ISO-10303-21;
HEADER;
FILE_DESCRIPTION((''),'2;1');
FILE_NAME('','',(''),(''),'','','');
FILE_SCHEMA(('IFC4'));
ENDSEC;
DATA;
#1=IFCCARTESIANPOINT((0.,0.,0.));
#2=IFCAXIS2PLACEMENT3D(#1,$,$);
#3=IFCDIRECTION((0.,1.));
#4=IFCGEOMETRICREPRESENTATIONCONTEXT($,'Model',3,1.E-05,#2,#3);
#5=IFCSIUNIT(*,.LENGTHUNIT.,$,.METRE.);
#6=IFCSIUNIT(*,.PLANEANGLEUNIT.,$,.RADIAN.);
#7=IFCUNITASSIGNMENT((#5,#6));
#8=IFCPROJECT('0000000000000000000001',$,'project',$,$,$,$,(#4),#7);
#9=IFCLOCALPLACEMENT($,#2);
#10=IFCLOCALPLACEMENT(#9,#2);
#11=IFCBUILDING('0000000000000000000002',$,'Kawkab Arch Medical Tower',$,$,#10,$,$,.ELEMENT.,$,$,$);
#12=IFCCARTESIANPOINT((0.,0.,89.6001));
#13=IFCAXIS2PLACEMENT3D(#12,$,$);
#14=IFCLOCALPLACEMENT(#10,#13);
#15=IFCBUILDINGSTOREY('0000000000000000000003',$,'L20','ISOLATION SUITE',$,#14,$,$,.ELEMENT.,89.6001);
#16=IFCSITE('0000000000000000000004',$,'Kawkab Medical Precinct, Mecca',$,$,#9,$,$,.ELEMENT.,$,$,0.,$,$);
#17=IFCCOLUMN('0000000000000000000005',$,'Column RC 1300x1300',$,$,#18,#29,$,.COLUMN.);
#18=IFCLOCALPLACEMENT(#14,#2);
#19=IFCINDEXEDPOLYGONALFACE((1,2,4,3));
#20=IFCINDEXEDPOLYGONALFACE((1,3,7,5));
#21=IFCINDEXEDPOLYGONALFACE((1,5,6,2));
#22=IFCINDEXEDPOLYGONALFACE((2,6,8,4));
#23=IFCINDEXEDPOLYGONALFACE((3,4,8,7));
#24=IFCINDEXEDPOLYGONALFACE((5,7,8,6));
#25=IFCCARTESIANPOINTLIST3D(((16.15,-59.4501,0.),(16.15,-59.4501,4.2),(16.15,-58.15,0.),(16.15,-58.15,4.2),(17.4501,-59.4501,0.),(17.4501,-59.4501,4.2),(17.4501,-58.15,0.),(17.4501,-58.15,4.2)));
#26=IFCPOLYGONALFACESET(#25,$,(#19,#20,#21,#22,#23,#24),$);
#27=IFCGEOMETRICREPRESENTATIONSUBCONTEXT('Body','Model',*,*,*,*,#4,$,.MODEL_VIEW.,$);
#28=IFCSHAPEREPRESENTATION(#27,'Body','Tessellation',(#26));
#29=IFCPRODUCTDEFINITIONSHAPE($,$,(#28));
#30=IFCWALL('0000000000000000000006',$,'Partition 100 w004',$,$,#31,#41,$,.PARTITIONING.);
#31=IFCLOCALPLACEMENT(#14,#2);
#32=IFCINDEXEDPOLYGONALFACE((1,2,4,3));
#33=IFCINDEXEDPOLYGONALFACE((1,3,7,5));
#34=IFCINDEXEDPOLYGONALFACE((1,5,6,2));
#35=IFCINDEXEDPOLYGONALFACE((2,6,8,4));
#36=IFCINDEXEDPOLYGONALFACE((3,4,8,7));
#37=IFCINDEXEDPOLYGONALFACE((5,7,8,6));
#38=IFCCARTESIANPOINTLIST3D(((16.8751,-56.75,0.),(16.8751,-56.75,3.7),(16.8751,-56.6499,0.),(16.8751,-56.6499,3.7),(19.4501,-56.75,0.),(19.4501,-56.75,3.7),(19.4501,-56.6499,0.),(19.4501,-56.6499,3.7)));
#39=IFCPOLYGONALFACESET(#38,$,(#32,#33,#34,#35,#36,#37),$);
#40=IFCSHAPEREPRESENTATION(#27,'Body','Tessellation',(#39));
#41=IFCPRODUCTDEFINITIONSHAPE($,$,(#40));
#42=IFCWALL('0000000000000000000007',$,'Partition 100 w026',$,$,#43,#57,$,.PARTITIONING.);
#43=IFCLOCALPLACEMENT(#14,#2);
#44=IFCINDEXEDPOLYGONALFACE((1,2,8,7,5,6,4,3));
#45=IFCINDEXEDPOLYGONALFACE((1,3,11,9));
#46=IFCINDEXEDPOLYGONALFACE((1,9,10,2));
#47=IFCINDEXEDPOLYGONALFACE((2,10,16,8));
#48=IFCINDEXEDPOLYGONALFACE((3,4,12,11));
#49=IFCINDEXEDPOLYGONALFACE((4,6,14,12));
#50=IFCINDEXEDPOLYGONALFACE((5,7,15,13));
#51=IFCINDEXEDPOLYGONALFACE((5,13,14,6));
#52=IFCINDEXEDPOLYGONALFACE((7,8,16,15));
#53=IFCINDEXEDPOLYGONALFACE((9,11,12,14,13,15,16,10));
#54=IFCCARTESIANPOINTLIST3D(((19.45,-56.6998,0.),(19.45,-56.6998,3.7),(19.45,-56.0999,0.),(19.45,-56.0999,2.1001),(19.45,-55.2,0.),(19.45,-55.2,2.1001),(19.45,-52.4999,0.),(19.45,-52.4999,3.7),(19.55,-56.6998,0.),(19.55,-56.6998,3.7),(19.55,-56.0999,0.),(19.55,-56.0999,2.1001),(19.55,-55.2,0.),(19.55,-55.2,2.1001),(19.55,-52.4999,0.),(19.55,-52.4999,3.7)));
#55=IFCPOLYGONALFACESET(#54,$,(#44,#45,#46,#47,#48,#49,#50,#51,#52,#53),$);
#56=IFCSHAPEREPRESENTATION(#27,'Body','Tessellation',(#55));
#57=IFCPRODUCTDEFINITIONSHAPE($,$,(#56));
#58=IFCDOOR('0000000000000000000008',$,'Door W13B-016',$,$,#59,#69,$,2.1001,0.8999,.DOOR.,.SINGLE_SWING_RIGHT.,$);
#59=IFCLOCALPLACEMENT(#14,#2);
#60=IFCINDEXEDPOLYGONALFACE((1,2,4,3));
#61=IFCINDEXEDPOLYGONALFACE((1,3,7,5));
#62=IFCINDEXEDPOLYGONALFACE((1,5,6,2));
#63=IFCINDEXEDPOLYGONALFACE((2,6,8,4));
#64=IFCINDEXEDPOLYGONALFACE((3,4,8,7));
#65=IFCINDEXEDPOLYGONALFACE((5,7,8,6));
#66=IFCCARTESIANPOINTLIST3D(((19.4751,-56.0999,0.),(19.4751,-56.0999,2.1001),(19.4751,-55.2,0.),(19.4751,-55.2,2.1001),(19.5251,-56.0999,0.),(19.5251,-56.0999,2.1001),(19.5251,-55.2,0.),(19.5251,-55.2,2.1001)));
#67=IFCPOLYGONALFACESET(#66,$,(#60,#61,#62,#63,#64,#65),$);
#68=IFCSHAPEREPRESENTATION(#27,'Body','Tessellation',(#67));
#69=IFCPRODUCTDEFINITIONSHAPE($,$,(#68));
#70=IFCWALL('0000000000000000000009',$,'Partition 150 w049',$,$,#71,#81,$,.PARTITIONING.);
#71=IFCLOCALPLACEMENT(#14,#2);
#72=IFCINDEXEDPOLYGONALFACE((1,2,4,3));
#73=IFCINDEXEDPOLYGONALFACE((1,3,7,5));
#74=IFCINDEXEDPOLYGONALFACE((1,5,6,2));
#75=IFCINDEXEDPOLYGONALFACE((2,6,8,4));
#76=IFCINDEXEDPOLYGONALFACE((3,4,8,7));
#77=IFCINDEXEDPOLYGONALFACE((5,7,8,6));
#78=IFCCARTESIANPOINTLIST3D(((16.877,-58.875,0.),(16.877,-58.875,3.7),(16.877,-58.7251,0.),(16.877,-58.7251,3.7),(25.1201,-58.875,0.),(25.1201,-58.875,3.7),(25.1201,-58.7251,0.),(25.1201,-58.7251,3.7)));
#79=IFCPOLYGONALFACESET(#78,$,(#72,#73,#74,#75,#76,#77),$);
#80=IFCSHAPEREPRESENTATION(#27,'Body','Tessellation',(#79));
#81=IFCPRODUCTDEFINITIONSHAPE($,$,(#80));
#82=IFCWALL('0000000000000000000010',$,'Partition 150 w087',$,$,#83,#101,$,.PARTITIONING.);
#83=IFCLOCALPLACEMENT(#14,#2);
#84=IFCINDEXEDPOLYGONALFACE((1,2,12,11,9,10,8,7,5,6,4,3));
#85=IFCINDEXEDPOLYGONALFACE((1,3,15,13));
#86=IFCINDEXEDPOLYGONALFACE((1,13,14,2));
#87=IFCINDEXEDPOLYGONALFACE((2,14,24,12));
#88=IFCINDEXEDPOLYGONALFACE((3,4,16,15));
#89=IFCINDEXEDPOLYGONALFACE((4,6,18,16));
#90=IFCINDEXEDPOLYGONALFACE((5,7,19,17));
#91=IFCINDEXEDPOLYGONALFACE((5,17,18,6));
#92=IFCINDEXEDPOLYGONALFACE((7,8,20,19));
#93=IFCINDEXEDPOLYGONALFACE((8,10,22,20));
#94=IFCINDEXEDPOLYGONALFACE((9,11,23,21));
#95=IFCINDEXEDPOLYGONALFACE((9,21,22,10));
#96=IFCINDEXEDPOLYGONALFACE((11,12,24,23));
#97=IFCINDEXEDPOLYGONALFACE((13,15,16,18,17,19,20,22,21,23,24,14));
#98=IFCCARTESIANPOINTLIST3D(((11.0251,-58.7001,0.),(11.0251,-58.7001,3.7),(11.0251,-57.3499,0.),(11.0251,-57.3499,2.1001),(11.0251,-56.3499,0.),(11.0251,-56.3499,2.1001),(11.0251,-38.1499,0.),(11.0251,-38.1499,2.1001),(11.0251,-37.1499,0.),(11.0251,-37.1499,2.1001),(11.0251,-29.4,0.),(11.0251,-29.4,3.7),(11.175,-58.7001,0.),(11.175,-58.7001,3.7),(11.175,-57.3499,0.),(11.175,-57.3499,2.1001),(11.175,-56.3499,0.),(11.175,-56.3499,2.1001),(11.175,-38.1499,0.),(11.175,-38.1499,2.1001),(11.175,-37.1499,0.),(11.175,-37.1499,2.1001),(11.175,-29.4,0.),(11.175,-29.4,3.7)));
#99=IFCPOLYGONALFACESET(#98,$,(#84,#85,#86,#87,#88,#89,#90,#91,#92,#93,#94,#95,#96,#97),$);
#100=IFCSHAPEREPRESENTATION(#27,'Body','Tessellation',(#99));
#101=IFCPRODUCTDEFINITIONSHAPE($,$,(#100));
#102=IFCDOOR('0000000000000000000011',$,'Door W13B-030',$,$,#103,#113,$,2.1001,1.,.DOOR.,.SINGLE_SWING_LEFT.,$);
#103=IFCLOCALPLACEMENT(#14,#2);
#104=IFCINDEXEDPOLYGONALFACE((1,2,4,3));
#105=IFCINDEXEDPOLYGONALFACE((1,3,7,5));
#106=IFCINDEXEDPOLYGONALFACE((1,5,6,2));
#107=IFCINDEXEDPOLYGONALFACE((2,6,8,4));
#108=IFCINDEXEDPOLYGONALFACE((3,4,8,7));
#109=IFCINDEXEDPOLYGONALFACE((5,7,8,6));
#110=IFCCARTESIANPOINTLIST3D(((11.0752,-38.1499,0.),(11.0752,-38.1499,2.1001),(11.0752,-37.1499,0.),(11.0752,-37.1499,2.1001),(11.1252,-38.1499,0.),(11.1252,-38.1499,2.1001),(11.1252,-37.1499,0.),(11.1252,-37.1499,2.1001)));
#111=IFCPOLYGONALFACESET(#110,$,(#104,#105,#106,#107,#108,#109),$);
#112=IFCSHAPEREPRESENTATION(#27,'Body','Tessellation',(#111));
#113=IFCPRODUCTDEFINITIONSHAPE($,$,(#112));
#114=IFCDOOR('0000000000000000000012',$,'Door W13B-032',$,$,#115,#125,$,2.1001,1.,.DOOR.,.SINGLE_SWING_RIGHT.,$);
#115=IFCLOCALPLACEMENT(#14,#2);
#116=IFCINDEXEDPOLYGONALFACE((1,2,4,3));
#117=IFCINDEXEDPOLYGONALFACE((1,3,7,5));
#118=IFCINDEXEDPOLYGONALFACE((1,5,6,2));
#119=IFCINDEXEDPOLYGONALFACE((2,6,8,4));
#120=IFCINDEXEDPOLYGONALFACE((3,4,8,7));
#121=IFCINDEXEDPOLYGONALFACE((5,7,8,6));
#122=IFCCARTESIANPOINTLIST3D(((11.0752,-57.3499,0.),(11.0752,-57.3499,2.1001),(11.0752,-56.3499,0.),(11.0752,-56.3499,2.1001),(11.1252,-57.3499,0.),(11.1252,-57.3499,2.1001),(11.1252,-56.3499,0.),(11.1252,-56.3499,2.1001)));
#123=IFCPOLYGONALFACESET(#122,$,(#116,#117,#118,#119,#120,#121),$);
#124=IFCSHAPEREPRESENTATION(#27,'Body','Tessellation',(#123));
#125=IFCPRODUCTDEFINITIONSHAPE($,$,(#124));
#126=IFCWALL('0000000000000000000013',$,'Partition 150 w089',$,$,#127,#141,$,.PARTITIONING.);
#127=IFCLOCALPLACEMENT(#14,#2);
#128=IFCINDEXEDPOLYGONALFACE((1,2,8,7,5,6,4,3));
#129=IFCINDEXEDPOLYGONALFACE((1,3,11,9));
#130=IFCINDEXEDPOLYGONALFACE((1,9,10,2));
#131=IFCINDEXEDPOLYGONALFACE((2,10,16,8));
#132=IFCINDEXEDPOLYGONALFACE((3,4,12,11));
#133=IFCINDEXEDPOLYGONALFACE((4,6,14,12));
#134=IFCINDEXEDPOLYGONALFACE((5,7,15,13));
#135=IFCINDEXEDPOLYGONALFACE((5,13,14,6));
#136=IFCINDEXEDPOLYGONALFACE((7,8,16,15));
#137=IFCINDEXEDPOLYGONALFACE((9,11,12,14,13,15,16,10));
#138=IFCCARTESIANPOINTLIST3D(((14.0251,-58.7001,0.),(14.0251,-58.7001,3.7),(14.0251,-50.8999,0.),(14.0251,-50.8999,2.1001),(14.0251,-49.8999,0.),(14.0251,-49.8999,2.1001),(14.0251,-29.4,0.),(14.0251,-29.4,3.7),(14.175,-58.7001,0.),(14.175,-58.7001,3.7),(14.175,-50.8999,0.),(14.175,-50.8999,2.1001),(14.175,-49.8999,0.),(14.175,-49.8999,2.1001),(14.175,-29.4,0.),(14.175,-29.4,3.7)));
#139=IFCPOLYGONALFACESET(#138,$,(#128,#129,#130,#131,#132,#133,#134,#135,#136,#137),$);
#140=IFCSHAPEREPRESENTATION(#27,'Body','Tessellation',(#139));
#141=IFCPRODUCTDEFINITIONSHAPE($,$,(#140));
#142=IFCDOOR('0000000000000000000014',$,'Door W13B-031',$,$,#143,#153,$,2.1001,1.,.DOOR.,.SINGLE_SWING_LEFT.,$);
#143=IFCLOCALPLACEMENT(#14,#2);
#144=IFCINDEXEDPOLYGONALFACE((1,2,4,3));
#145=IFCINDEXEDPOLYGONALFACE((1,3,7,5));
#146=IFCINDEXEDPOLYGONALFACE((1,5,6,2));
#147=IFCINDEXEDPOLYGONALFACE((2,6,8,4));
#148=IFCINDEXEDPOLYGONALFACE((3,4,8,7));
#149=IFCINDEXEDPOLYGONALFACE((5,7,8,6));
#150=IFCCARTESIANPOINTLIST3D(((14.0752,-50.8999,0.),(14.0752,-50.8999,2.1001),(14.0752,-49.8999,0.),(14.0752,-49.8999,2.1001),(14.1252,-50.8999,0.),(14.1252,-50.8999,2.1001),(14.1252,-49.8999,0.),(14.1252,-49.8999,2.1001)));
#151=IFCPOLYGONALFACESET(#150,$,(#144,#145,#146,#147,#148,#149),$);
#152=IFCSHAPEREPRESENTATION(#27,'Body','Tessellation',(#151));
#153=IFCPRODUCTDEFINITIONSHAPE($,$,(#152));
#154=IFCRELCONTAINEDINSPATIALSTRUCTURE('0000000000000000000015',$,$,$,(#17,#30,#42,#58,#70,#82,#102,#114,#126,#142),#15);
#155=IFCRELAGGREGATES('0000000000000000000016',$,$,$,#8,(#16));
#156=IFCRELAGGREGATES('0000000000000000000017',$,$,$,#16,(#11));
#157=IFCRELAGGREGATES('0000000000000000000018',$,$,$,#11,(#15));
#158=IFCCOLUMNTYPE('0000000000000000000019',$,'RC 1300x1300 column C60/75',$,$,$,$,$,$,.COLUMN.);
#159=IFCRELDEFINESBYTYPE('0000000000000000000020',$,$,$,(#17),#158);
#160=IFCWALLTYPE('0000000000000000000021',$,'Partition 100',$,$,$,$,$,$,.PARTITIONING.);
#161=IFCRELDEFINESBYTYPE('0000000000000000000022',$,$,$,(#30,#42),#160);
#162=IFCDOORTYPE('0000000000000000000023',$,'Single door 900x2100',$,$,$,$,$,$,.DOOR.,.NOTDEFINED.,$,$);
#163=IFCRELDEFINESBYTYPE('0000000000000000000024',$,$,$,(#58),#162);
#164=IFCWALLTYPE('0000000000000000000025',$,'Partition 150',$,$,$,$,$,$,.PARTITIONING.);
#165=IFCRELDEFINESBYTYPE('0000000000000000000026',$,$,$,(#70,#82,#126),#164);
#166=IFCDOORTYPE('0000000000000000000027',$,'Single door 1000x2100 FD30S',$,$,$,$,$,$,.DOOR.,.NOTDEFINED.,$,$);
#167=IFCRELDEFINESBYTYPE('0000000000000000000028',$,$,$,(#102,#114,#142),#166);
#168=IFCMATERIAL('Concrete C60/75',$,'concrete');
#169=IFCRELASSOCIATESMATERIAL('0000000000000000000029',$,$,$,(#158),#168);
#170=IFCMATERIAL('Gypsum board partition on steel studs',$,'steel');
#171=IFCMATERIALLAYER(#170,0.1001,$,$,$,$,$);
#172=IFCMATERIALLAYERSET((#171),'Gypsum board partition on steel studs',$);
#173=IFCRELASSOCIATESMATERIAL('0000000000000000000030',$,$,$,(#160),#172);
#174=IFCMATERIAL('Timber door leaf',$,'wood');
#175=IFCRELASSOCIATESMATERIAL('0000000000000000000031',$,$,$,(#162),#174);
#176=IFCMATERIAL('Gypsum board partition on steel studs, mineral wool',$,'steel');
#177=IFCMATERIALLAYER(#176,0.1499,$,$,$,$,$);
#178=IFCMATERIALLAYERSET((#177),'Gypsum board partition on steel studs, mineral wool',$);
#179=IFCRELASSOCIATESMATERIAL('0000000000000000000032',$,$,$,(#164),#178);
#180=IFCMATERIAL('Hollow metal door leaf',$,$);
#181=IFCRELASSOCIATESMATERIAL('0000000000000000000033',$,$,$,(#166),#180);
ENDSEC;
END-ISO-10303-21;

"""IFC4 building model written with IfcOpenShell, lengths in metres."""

from ifc_helpers import new_model, si_unit, direction, frame, frame_2d, origin, origin_2d, place, context, subcontext, project, spatial, rectangle, extrude, material, layer, layer_set, material_profile, profile_set, type_object, element, fill, save


model = new_model("IFC4")

# Units and contexts
model_context = context("Model", 3, precision=1e-05, world=origin(), true_north=direction((0.0, 1.0)))
body_context = subcontext(model_context, "Body", "Model", "MODEL_VIEW")
ifc_project = project(units=[si_unit("LENGTHUNIT", "METRE"), si_unit("PLANEANGLEUNIT", "RADIAN")], contexts=[model_context])

# Site, building, storey
site_placement = place(None, origin())
site = spatial("IfcSite", under=ifc_project, at=site_placement, Name="Kawkab Medical Precinct, Mecca", CompositionType="ELEMENT", RefElevation=0.0)
building_placement = place(site_placement, origin())
building = spatial("IfcBuilding", under=site, at=building_placement, Name="Kawkab Arch Medical Tower", CompositionType="ELEMENT")
storey_placement = place(building_placement, frame((0.0, 0.0, 89.6001)))
storey = spatial("IfcBuildingStorey", under=building, at=storey_placement, Name="L20", Description="ISOLATION SUITE", CompositionType="ELEMENT", Elevation=89.6001)

# Column
ifc_material_1 = material(Name="Concrete C60/75", Category="concrete")
ifc_material_profile = material_profile(ifc_material_1, rectangle(XDim=1.3, YDim=1.3, at=origin_2d()), Name="RC 1300x1300")
ifc_profile_set = profile_set([ifc_material_profile], Name="Concrete C60/75")
column_type = type_object("IfcColumnType", Name="RC 1300x1300 column C60/75", PredefinedType="COLUMN", material=ifc_profile_set)
column_placement = place(storey_placement, frame((16.8, -58.8, 0.0), z_axis=(0.0, 0.0, 1.0), x_axis=(1.0, 0.0, 0.0)))
element("IfcColumn", 1, at=column_placement, inside=storey, type_object=column_type, Name="Column RC 1300x1300", PredefinedType="COLUMN", context=body_context, shape_type="SweptSolid", body=[
    extrude(rectangle(XDim=1.3, YDim=1.3, at=origin_2d()), origin(), (0.0, 0.0, 1.0), 4.2),
])

# Wall
ifc_material_2 = material(Name="Gypsum board partition on steel studs", Category="steel")
ifc_layer_1 = layer(ifc_material_2, 0.1001)
ifc_layer_set_1 = layer_set([ifc_layer_1], Name="Gypsum board partition on steel studs")
wall_type_1 = type_object("IfcWallType", Name="Partition 100", PredefinedType="PARTITIONING", material=ifc_layer_set_1)
wall_1_placement = place(storey_placement, frame((16.875, -56.7, 0.0), z_axis=(0.0, 0.0, 1.0), x_axis=(1.0, 0.0, 0.0)))
element("IfcWall", 2, at=wall_1_placement, inside=storey, type_object=wall_type_1, Name="Partition 100 w004", PredefinedType="PARTITIONING", context=body_context, shape_type="SweptSolid", body=[
    extrude(rectangle(XDim=2.575, YDim=0.1001, at=frame_2d((1.2876, 0.0))), origin(), (0.0, 0.0, 1.0), 3.7),
])

# Wall, opening, door
wall_2_placement = place(storey_placement, frame((19.5, -56.7, 0.0), z_axis=(0.0, 0.0, 1.0), x_axis=(0.0, 1.0, 0.0)))
wall_2 = element("IfcWall", 3, at=wall_2_placement, inside=storey, type_object=wall_type_1, Name="Partition 100 w026", PredefinedType="PARTITIONING", context=body_context, shape_type="SweptSolid", body=[
    extrude(rectangle(XDim=4.2, YDim=0.1001, at=frame_2d((2.1001, 0.0))), origin(), (0.0, 0.0, 1.0), 3.7),
])
opening_1_placement = place(wall_2_placement, frame((0.6001, 0.0, 0.0)))
opening_1 = element("IfcOpeningElement", 4, at=opening_1_placement, cuts=wall_2, PredefinedType="OPENING", context=body_context, shape_type="SweptSolid", body=[
    extrude(rectangle(XDim=0.8999, YDim=2.1001, at=frame_2d((0.45, 1.05))), frame((0.0, 0.0601, 0.0), z_axis=(0.0, -1.0, 0.0), x_axis=(1.0, 0.0, 0.0)), (0.0, 0.0, 1.0), 0.1201),
])
ifc_material_3 = material(Name="Timber door leaf", Category="wood")
door_type_1 = type_object("IfcDoorType", Name="Single door 900x2100", OperationType="NOTDEFINED", PredefinedType="DOOR", material=ifc_material_3)
door_1_placement = place(opening_1_placement, origin())
door_1 = element("IfcDoor", 5, at=door_1_placement, inside=storey, type_object=door_type_1, Name="Door W13B-016", OperationType="SINGLE_SWING_RIGHT", OverallHeight=2.1001, OverallWidth=0.8999, PredefinedType="DOOR", context=body_context, shape_type="SweptSolid", body=[
    extrude(rectangle(XDim=0.8999, YDim=2.1001, at=frame_2d((0.45, 1.05))), frame((0.0, 0.0249, 0.0), z_axis=(0.0, -1.0, 0.0), x_axis=(1.0, 0.0, 0.0)), (0.0, 0.0, 1.0), 0.05),
])
fill(opening_1, door_1)

# Wall
ifc_material_4 = material(Name="Gypsum board partition on steel studs, mineral wool", Category="steel")
ifc_layer_2 = layer(ifc_material_4, 0.1499)
ifc_layer_set_2 = layer_set([ifc_layer_2], Name="Gypsum board partition on steel studs, mineral wool")
wall_type_2 = type_object("IfcWallType", Name="Partition 150", PredefinedType="PARTITIONING", material=ifc_layer_set_2)
wall_3_placement = place(storey_placement, frame((16.877, -58.8, 0.0), z_axis=(0.0, 0.0, 1.0), x_axis=(1.0, 0.0, 0.0)))
element("IfcWall", 6, at=wall_3_placement, inside=storey, type_object=wall_type_2, Name="Partition 150 w049", PredefinedType="PARTITIONING", context=body_context, shape_type="SweptSolid", body=[
    extrude(rectangle(XDim=8.2432, YDim=0.1499, at=frame_2d((4.1216, 0.0))), origin(), (0.0, 0.0, 1.0), 3.7),
])

# Wall, openings, doors
wall_4_placement = place(storey_placement, frame((11.1001, -58.7, 0.0), z_axis=(0.0, 0.0, 1.0), x_axis=(0.0, 1.0, 0.0)))
wall_4 = element("IfcWall", 7, at=wall_4_placement, inside=storey, type_object=wall_type_2, Name="Partition 150 w087", PredefinedType="PARTITIONING", context=body_context, shape_type="SweptSolid", body=[
    extrude(rectangle(XDim=29.3, YDim=0.1499, at=frame_2d((14.6499, 0.0))), origin(), (0.0, 0.0, 1.0), 3.7),
])
opening_2_placement = place(wall_4_placement, frame((20.55, 0.0, 0.0)))
opening_2 = element("IfcOpeningElement", 8, at=opening_2_placement, cuts=wall_4, PredefinedType="OPENING", context=body_context, shape_type="SweptSolid", body=[
    extrude(rectangle(XDim=1.0, YDim=2.1001, at=frame_2d((0.5, 1.05))), frame((0.0, 0.085, 0.0), z_axis=(0.0, -1.0, 0.0), x_axis=(1.0, 0.0, 0.0)), (0.0, 0.0, 1.0), 0.1699),
])
opening_3_placement = place(wall_4_placement, frame((1.3501, 0.0, 0.0)))
opening_3 = element("IfcOpeningElement", 9, at=opening_3_placement, cuts=wall_4, PredefinedType="OPENING", context=body_context, shape_type="SweptSolid", body=[
    extrude(rectangle(XDim=1.0, YDim=2.1001, at=frame_2d((0.5, 1.05))), frame((0.0, 0.085, 0.0), z_axis=(0.0, -1.0, 0.0), x_axis=(1.0, 0.0, 0.0)), (0.0, 0.0, 1.0), 0.1699),
])
ifc_material_5 = material(Name="Hollow metal door leaf")
door_type_2 = type_object("IfcDoorType", Name="Single door 1000x2100 FD30S", OperationType="NOTDEFINED", PredefinedType="DOOR", material=ifc_material_5)
door_2_placement = place(opening_2_placement, origin())
door_2 = element("IfcDoor", 10, at=door_2_placement, inside=storey, type_object=door_type_2, Name="Door W13B-030", OperationType="SINGLE_SWING_LEFT", OverallHeight=2.1001, OverallWidth=1.0, PredefinedType="DOOR", context=body_context, shape_type="SweptSolid", body=[
    extrude(rectangle(XDim=1.0, YDim=2.1001, at=frame_2d((0.5, 1.05))), frame((0.0, 0.0249, 0.0), z_axis=(0.0, -1.0, 0.0), x_axis=(1.0, 0.0, 0.0)), (0.0, 0.0, 1.0), 0.05),
])
fill(opening_2, door_2)
door_3_placement = place(opening_3_placement, origin())
door_3 = element("IfcDoor", 11, at=door_3_placement, inside=storey, type_object=door_type_2, Name="Door W13B-032", OperationType="SINGLE_SWING_RIGHT", OverallHeight=2.1001, OverallWidth=1.0, PredefinedType="DOOR", context=body_context, shape_type="SweptSolid", body=[
    extrude(rectangle(XDim=1.0, YDim=2.1001, at=frame_2d((0.5, 1.05))), frame((0.0, 0.0249, 0.0), z_axis=(0.0, -1.0, 0.0), x_axis=(1.0, 0.0, 0.0)), (0.0, 0.0, 1.0), 0.05),
])
fill(opening_3, door_3)

# Wall, opening, door
wall_5_placement = place(storey_placement, frame((14.1001, -58.7, 0.0), z_axis=(0.0, 0.0, 1.0), x_axis=(0.0, 1.0, 0.0)))
wall_5 = element("IfcWall", 12, at=wall_5_placement, inside=storey, type_object=wall_type_2, Name="Partition 150 w089", PredefinedType="PARTITIONING", context=body_context, shape_type="SweptSolid", body=[
    extrude(rectangle(XDim=29.3, YDim=0.1499, at=frame_2d((14.6499, 0.0))), origin(), (0.0, 0.0, 1.0), 3.7),
])
opening_4_placement = place(wall_5_placement, frame((7.8, 0.0, 0.0)))
opening_4 = element("IfcOpeningElement", 13, at=opening_4_placement, cuts=wall_5, PredefinedType="OPENING", context=body_context, shape_type="SweptSolid", body=[
    extrude(rectangle(XDim=1.0, YDim=2.1001, at=frame_2d((0.5, 1.05))), frame((0.0, 0.085, 0.0), z_axis=(0.0, -1.0, 0.0), x_axis=(1.0, 0.0, 0.0)), (0.0, 0.0, 1.0), 0.1699),
])
door_4_placement = place(opening_4_placement, origin())
door_4 = element("IfcDoor", 14, at=door_4_placement, inside=storey, type_object=door_type_2, Name="Door W13B-031", OperationType="SINGLE_SWING_LEFT", OverallHeight=2.1001, OverallWidth=1.0, PredefinedType="DOOR", context=body_context, shape_type="SweptSolid", body=[
    extrude(rectangle(XDim=1.0, YDim=2.1001, at=frame_2d((0.5, 1.05))), frame((0.0, 0.0249, 0.0), z_axis=(0.0, -1.0, 0.0), x_axis=(1.0, 0.0, 0.0)), (0.0, 0.0, 1.0), 0.05),
])
fill(opening_4, door_4)

save(model, "model.ifc")
